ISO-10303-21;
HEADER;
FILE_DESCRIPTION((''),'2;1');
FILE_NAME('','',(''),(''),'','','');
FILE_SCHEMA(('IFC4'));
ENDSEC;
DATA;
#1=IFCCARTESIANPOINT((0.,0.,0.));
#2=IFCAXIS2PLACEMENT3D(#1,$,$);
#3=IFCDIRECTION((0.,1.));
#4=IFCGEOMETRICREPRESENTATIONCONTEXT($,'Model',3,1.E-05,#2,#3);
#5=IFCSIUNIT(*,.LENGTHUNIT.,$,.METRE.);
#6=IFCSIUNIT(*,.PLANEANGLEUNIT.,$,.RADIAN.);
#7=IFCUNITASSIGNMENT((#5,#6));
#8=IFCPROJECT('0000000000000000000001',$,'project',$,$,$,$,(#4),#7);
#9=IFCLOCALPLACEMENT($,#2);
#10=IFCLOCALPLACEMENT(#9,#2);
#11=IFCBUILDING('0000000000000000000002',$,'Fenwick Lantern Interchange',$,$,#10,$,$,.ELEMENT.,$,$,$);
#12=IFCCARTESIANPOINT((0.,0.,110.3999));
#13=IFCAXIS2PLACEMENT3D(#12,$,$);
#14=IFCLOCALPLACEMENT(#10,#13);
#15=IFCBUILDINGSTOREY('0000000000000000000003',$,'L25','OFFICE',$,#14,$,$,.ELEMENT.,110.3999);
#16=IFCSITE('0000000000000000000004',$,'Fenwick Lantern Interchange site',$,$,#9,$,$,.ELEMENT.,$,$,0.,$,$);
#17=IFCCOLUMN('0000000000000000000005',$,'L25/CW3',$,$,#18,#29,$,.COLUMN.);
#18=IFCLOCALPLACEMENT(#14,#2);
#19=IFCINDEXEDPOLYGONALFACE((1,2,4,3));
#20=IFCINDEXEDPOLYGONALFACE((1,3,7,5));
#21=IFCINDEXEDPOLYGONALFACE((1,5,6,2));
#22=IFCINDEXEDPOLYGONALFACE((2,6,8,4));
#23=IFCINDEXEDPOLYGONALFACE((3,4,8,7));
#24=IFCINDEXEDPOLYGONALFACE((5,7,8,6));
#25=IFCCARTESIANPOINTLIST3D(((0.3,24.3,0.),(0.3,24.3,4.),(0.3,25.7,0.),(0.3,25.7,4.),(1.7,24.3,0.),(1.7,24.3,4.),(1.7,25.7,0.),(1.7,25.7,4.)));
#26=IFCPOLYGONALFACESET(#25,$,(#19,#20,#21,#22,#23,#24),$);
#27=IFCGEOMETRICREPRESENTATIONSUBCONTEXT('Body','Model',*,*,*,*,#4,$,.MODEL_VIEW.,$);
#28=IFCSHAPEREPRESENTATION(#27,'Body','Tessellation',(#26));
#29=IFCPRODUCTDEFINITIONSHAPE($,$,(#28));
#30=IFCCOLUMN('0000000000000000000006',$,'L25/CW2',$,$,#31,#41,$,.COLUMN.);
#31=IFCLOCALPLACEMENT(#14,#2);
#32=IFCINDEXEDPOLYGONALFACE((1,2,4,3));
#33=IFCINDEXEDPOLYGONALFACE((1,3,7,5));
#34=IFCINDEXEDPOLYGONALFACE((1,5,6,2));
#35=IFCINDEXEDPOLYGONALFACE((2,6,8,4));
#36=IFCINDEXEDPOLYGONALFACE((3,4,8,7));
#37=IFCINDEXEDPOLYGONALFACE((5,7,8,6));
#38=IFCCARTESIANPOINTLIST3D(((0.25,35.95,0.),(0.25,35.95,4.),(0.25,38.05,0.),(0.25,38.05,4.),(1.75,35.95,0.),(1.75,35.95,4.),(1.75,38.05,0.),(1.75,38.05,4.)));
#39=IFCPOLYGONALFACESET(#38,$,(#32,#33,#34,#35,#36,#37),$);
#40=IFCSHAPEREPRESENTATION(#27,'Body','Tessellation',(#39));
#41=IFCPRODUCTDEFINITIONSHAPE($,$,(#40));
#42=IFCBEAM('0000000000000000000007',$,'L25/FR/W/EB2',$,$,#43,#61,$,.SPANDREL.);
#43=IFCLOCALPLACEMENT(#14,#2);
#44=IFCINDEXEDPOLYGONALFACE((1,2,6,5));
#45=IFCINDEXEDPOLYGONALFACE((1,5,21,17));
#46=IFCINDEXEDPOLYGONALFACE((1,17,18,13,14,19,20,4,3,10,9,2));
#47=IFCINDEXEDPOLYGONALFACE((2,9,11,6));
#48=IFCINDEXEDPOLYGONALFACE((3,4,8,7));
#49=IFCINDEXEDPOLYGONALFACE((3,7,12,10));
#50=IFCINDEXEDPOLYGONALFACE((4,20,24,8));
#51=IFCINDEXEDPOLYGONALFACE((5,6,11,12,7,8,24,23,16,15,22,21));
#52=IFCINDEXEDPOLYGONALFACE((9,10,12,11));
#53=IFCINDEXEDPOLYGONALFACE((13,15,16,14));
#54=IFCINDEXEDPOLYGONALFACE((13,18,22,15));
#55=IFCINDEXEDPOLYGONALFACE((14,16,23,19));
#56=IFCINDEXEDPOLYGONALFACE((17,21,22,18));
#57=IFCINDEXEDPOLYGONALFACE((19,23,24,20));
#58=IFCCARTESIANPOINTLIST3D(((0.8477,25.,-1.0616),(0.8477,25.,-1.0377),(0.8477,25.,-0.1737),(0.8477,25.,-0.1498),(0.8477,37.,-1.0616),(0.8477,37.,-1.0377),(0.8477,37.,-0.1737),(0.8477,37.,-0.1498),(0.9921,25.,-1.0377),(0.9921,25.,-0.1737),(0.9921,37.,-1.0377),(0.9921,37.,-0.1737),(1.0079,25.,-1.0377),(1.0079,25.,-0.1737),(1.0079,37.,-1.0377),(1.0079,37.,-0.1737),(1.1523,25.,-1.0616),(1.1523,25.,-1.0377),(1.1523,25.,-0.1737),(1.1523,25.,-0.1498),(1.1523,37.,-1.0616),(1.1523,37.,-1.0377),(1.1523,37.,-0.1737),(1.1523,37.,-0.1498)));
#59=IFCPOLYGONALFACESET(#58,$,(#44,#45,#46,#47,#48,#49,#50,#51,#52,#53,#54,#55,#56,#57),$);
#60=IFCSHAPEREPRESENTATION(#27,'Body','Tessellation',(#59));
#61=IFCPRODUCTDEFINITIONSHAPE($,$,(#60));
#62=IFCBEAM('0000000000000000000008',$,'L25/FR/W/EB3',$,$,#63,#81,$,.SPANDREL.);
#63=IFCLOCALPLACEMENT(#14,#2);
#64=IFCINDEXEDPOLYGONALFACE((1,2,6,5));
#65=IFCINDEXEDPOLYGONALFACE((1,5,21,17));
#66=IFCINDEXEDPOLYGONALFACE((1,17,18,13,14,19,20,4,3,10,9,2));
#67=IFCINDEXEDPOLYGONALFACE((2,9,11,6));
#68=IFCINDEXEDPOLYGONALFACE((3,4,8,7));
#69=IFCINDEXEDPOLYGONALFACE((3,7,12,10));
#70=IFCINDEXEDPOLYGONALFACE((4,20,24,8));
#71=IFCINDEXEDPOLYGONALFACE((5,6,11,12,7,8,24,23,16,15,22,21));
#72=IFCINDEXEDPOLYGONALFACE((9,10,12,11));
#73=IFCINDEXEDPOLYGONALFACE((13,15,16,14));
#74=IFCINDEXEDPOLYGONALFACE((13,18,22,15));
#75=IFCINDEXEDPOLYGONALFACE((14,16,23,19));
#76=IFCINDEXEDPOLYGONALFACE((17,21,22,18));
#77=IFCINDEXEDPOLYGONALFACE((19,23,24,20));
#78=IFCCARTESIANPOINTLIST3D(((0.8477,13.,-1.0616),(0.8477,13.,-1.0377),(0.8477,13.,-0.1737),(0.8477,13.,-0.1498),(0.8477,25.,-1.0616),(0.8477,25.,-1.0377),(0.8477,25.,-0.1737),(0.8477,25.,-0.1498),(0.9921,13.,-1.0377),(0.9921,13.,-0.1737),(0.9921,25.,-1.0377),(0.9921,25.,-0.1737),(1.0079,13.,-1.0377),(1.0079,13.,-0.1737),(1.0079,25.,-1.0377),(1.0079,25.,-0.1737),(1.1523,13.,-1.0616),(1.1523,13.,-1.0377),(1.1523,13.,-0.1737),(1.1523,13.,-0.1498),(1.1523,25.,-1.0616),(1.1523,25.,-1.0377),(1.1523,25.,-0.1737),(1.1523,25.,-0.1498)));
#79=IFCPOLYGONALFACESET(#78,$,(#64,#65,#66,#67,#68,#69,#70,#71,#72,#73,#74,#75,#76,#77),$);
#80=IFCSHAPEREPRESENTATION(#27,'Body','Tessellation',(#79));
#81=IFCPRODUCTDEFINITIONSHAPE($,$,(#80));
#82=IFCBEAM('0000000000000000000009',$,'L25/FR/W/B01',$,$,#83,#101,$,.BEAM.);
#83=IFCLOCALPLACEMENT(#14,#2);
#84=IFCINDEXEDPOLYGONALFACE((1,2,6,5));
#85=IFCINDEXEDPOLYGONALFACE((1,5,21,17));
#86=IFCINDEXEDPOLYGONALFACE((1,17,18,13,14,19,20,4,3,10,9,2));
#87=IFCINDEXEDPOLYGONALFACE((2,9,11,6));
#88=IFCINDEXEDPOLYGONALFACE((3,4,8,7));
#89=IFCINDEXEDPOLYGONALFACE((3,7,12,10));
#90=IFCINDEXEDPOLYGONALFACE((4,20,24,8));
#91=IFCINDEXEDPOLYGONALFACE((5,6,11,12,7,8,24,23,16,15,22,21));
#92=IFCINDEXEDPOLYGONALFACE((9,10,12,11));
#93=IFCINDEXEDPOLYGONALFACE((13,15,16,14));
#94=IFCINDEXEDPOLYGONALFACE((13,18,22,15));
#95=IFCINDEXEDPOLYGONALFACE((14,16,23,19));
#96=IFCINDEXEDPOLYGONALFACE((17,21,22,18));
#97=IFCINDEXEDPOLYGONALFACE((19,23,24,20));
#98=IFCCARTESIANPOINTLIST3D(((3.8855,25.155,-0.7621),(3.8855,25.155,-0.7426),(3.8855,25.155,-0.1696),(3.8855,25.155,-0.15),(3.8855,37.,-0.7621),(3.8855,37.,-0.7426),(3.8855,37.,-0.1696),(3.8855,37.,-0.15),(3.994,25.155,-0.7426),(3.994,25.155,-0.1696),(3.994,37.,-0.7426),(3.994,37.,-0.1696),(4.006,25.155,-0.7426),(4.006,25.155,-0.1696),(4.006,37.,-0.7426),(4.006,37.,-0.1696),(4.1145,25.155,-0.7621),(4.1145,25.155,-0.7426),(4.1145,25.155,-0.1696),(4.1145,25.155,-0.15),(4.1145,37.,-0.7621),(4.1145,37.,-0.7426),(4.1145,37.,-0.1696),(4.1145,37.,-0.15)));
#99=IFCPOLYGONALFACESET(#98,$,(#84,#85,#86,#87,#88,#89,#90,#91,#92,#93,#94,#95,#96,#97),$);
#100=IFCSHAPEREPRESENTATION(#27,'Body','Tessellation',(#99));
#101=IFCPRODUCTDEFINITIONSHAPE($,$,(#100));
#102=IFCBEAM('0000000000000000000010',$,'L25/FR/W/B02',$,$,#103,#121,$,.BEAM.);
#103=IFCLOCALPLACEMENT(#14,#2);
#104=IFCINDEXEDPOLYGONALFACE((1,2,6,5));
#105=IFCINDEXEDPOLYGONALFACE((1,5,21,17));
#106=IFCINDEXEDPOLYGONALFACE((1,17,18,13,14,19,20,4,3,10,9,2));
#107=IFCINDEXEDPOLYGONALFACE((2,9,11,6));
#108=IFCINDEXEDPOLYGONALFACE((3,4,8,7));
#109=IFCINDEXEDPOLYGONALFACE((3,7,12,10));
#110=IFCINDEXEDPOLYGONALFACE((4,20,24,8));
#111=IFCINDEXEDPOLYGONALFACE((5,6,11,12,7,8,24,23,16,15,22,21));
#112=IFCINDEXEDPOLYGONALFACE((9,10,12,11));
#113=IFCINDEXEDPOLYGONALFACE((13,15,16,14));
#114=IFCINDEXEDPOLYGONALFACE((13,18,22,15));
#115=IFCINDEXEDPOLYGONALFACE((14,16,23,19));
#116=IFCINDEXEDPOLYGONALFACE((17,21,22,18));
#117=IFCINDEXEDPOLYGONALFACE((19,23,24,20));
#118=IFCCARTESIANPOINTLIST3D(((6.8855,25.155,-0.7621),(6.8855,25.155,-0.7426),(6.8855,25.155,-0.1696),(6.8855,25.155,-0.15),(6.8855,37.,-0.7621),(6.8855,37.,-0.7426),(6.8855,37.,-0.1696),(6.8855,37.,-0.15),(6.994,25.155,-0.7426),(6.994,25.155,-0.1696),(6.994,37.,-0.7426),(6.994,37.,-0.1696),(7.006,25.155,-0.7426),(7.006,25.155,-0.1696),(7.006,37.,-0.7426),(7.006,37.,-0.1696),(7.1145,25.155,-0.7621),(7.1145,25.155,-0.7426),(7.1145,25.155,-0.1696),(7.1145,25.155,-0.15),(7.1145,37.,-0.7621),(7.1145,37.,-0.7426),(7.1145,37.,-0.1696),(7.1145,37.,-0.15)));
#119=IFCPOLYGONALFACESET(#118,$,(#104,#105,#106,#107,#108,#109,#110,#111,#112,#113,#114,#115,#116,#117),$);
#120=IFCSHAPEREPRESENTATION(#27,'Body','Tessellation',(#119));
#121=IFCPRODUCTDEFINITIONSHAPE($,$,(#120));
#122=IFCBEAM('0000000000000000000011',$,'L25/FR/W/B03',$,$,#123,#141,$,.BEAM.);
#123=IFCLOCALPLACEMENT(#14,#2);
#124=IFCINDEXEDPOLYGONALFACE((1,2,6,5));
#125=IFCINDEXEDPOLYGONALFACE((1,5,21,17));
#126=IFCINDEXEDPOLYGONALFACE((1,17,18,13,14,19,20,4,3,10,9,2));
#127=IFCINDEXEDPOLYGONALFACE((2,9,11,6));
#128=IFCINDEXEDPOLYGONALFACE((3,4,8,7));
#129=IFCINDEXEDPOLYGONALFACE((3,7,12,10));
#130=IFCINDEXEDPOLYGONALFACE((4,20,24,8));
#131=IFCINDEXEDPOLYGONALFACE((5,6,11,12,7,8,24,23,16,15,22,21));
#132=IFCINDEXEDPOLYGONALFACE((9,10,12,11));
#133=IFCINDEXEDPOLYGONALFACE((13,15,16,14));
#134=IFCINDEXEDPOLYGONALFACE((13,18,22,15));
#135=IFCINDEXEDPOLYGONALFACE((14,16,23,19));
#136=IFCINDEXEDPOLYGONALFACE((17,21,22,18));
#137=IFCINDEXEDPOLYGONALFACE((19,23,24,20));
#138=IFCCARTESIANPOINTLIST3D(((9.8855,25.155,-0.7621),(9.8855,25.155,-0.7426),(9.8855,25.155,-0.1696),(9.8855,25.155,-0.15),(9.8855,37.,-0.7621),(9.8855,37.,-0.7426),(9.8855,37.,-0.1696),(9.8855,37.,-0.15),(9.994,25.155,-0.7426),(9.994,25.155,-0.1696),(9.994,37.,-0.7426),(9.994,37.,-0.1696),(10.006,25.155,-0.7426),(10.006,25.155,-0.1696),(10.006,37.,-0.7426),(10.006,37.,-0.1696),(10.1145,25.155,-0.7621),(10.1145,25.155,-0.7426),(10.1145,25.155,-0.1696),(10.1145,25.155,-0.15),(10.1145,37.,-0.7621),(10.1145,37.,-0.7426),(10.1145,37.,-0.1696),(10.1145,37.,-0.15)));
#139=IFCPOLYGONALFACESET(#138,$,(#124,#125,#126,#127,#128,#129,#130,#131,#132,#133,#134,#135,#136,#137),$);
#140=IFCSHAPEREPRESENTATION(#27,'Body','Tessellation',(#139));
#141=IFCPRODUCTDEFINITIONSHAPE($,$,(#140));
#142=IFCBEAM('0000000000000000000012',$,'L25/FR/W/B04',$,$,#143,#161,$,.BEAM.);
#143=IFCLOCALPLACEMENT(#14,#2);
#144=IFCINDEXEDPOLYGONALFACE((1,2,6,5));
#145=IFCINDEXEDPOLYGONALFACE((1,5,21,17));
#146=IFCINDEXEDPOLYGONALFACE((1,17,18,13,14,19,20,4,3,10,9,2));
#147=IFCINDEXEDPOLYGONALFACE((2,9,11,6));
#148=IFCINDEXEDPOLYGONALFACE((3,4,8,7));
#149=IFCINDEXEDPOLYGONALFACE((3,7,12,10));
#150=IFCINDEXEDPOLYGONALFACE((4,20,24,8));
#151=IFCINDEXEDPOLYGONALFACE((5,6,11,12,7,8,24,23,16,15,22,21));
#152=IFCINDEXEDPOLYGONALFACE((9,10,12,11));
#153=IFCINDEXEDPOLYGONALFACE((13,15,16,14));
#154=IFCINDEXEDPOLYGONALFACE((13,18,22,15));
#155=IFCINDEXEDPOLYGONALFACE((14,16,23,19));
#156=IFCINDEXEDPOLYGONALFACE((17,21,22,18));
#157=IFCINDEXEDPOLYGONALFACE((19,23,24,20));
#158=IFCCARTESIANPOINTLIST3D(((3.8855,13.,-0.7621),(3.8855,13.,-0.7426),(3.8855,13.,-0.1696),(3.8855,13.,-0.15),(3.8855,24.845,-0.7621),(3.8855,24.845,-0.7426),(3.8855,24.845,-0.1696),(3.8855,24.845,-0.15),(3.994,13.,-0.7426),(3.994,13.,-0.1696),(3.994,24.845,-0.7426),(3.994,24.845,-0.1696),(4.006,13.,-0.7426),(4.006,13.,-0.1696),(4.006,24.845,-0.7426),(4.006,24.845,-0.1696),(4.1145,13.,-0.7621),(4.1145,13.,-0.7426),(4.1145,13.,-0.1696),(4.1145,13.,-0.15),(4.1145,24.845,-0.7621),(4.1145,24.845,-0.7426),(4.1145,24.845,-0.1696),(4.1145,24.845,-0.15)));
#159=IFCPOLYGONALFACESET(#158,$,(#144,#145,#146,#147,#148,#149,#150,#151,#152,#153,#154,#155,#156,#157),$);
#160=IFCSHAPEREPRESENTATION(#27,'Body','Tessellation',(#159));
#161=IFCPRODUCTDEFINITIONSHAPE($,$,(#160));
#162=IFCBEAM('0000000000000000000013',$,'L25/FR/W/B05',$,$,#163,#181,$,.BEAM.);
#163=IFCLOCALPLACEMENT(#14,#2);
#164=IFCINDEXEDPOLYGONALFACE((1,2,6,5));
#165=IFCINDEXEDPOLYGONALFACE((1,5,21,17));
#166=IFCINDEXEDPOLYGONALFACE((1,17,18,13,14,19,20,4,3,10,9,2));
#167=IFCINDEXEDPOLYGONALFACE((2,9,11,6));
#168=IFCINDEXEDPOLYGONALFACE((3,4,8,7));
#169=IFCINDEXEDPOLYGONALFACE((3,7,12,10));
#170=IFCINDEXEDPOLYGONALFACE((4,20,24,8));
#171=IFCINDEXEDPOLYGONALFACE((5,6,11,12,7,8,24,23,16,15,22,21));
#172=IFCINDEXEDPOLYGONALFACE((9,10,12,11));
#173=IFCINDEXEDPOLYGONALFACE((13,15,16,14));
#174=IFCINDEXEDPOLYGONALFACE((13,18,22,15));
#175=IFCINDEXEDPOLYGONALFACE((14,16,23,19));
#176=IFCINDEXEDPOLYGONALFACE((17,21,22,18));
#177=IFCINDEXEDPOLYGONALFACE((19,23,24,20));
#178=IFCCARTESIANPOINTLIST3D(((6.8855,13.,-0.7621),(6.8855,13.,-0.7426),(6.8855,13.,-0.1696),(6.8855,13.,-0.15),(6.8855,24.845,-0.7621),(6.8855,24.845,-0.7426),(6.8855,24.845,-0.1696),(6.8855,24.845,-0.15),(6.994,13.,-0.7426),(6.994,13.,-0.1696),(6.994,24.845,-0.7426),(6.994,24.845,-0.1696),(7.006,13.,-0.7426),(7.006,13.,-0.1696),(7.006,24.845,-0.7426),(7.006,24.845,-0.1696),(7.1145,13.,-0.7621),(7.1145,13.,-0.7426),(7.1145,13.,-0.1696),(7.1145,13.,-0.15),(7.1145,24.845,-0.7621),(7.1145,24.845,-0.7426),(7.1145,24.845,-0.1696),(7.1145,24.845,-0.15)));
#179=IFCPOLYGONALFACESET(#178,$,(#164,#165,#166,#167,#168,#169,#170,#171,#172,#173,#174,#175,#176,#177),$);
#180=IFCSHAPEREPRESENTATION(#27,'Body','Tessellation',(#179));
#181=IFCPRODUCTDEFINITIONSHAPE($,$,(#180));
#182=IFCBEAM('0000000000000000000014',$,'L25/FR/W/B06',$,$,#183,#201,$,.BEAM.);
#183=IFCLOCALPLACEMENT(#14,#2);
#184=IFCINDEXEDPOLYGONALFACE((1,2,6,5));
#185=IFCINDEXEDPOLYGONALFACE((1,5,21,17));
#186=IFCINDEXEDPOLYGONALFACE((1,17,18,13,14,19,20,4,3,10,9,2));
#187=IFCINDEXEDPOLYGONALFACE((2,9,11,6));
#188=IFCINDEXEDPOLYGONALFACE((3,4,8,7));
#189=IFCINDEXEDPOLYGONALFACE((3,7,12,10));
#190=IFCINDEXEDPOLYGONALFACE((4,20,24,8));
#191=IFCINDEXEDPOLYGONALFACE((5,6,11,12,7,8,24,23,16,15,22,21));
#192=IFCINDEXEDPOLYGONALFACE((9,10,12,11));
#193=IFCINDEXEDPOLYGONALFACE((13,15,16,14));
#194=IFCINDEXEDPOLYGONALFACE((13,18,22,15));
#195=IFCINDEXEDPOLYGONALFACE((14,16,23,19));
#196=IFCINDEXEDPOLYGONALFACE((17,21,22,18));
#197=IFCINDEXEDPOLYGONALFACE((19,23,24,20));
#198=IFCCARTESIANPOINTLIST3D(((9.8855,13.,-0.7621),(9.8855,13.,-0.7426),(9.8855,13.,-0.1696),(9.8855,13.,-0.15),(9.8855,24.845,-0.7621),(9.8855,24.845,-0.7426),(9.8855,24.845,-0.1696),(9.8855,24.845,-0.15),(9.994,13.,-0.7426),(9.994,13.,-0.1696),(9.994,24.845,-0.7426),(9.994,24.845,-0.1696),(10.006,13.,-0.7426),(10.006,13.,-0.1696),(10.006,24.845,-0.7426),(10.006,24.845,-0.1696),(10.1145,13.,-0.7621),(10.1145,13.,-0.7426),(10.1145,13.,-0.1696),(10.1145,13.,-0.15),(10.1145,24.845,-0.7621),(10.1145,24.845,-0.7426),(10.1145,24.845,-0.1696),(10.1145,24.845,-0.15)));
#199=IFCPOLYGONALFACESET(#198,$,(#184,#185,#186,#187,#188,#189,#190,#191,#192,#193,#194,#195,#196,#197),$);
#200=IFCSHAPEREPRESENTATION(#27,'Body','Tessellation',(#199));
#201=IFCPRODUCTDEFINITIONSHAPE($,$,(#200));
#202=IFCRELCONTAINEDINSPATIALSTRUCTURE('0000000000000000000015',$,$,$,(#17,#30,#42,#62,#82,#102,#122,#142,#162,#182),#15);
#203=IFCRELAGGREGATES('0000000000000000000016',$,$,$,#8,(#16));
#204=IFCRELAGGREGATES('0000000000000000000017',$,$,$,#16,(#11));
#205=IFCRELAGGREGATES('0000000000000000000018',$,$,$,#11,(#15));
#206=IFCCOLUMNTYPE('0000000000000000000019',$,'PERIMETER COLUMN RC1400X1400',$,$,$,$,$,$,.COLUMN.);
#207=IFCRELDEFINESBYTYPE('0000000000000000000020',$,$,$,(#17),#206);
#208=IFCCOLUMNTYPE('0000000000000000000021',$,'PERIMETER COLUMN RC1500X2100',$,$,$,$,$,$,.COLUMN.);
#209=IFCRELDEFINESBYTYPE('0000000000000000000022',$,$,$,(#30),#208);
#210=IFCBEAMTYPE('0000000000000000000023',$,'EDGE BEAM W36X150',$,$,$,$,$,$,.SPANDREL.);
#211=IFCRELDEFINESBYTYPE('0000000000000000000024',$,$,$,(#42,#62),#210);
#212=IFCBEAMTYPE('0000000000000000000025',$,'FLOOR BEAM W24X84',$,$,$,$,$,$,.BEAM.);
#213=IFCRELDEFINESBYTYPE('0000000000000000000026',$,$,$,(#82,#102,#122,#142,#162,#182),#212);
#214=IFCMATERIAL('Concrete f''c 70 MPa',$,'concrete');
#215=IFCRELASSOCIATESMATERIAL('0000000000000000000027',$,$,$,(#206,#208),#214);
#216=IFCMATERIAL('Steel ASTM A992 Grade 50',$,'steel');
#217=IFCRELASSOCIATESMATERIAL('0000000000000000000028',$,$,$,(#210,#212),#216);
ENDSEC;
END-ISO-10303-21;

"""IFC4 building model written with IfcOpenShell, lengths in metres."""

from ifc_helpers import new_model, si_unit, direction, frame, origin, origin_2d, place, context, subcontext, project, spatial, rectangle, i_section, extrude, material, material_profile, profile_set, type_object, element, save


model = new_model("IFC4")

# Units and contexts
model_context = context("Model", 3, precision=1e-05, world=origin(), true_north=direction((0.0, 1.0)))
body_context = subcontext(model_context, "Body", "Model", "MODEL_VIEW")
ifc_project = project(units=[si_unit("LENGTHUNIT", "METRE"), si_unit("PLANEANGLEUNIT", "RADIAN")], contexts=[model_context])

# Site, building, storey
site_placement = place(None, origin())
site = spatial("IfcSite", under=ifc_project, at=site_placement, Name="Fenwick Lantern Interchange site", CompositionType="ELEMENT", RefElevation=0.0)
building_placement = place(site_placement, origin())
building = spatial("IfcBuilding", under=site, at=building_placement, Name="Fenwick Lantern Interchange", CompositionType="ELEMENT")
storey_placement = place(building_placement, frame((0.0, 0.0, 110.3999)))
storey = spatial("IfcBuildingStorey", under=building, at=storey_placement, Name="L25", Description="OFFICE", CompositionType="ELEMENT", Elevation=110.3999)

# Columns
ifc_material_1 = material(Name="Concrete f'c 70 MPa", Category="concrete")
ifc_material_profile_1 = material_profile(ifc_material_1, rectangle(XDim=1.3999, YDim=1.3999, at=origin_2d()), Name="RC1400X1400")
ifc_profile_set_1 = profile_set([ifc_material_profile_1], Name="Concrete f'c 70 MPa")
column_type_1 = type_object("IfcColumnType", Name="PERIMETER COLUMN RC1400X1400", PredefinedType="COLUMN", material=ifc_profile_set_1)
column_1_placement = place(storey_placement, frame((1.0, 25.0, 0.0), z_axis=(0.0, 0.0, 1.0), x_axis=(1.0, 0.0, 0.0)))
element("IfcColumn", 1, at=column_1_placement, inside=storey, type_object=column_type_1, Name="L25/CW3", PredefinedType="COLUMN", context=body_context, shape_type="SweptSolid", body=[
    extrude(rectangle(XDim=1.3999, YDim=1.3999, at=origin_2d()), origin(), (0.0, 0.0, 1.0), 4.0),
])
ifc_material_profile_2 = material_profile(ifc_material_1, rectangle(XDim=1.5, YDim=2.1001, at=origin_2d()), Name="RC1500X2100")
ifc_profile_set_2 = profile_set([ifc_material_profile_2], Name="Concrete f'c 70 MPa")
column_type_2 = type_object("IfcColumnType", Name="PERIMETER COLUMN RC1500X2100", PredefinedType="COLUMN", material=ifc_profile_set_2)
column_2_placement = place(storey_placement, frame((1.0, 37.0, 0.0), z_axis=(0.0, 0.0, 1.0), x_axis=(1.0, 0.0, 0.0)))
element("IfcColumn", 2, at=column_2_placement, inside=storey, type_object=column_type_2, Name="L25/CW2", PredefinedType="COLUMN", context=body_context, shape_type="SweptSolid", body=[
    extrude(rectangle(XDim=1.5, YDim=2.1001, at=origin_2d()), origin(), (0.0, 0.0, 1.0), 4.0),
])

# Beams
ifc_material_2 = material(Name="Steel ASTM A992 Grade 50", Category="steel")
ifc_material_profile_3 = material_profile(ifc_material_2, i_section(OverallWidth=0.3047, OverallDepth=0.9119, WebThickness=0.0159, FlangeThickness=0.0239, at=origin_2d()), Name="W36X150")
ifc_profile_set_3 = profile_set([ifc_material_profile_3], Name="Steel ASTM A992 Grade 50")
beam_type_1 = type_object("IfcBeamType", Name="EDGE BEAM W36X150", PredefinedType="SPANDREL", material=ifc_profile_set_3)
for number, where, z_axis, x_axis, name in (
    (3, (1.0, 37.0, -0.6057), (0.0, -1.0, 0.0), (1.0, 0.0, 0.0), "L25/FR/W/EB2"),
    (4, (1.0, 25.0, -0.6057), (0.0, -1.0, 0.0), (1.0, 0.0, 0.0), "L25/FR/W/EB3"),
):
    element("IfcBeam", number, at=place(storey_placement, frame(where, z_axis=z_axis, x_axis=x_axis)), inside=storey, type_object=beam_type_1, Name=name, PredefinedType="SPANDREL", context=body_context, shape_type="SweptSolid", body=[
        extrude(i_section(OverallWidth=0.3047, OverallDepth=0.9119, WebThickness=0.0159, FlangeThickness=0.0239, at=origin_2d()), origin(), (0.0, 0.0, 1.0), 12.0),
    ])
ifc_material_profile_4 = material_profile(ifc_material_2, i_section(OverallWidth=0.229, OverallDepth=0.6121, WebThickness=0.012, FlangeThickness=0.0195, at=origin_2d()), Name="W24X84")
ifc_profile_set_4 = profile_set([ifc_material_profile_4], Name="Steel ASTM A992 Grade 50")
beam_type_2 = type_object("IfcBeamType", Name="FLOOR BEAM W24X84", PredefinedType="BEAM", material=ifc_profile_set_4)
for number, where, z_axis, x_axis, name in (
    (5, (4.0, 37.0, -0.4561), (0.0, -1.0, 0.0), (1.0, 0.0, 0.0), "L25/FR/W/B01"),
    (6, (7.0, 37.0, -0.4561), (0.0, -1.0, 0.0), (1.0, 0.0, 0.0), "L25/FR/W/B02"),
    (7, (10.0, 37.0, -0.4561), (0.0, -1.0, 0.0), (1.0, 0.0, 0.0), "L25/FR/W/B03"),
    (8, (4.0, 24.845, -0.4561), (0.0, -1.0, 0.0), (1.0, 0.0, 0.0), "L25/FR/W/B04"),
    (9, (7.0, 24.845, -0.4561), (0.0, -1.0, 0.0), (1.0, 0.0, 0.0), "L25/FR/W/B05"),
    (10, (10.0, 24.845, -0.4561), (0.0, -1.0, 0.0), (1.0, 0.0, 0.0), "L25/FR/W/B06"),
):
    element("IfcBeam", number, at=place(storey_placement, frame(where, z_axis=z_axis, x_axis=x_axis)), inside=storey, type_object=beam_type_2, Name=name, PredefinedType="BEAM", context=body_context, shape_type="SweptSolid", body=[
        extrude(i_section(OverallWidth=0.229, OverallDepth=0.6121, WebThickness=0.012, FlangeThickness=0.0195, at=origin_2d()), origin(), (0.0, 0.0, 1.0), 11.845),
    ])

save(model, "model.ifc")
